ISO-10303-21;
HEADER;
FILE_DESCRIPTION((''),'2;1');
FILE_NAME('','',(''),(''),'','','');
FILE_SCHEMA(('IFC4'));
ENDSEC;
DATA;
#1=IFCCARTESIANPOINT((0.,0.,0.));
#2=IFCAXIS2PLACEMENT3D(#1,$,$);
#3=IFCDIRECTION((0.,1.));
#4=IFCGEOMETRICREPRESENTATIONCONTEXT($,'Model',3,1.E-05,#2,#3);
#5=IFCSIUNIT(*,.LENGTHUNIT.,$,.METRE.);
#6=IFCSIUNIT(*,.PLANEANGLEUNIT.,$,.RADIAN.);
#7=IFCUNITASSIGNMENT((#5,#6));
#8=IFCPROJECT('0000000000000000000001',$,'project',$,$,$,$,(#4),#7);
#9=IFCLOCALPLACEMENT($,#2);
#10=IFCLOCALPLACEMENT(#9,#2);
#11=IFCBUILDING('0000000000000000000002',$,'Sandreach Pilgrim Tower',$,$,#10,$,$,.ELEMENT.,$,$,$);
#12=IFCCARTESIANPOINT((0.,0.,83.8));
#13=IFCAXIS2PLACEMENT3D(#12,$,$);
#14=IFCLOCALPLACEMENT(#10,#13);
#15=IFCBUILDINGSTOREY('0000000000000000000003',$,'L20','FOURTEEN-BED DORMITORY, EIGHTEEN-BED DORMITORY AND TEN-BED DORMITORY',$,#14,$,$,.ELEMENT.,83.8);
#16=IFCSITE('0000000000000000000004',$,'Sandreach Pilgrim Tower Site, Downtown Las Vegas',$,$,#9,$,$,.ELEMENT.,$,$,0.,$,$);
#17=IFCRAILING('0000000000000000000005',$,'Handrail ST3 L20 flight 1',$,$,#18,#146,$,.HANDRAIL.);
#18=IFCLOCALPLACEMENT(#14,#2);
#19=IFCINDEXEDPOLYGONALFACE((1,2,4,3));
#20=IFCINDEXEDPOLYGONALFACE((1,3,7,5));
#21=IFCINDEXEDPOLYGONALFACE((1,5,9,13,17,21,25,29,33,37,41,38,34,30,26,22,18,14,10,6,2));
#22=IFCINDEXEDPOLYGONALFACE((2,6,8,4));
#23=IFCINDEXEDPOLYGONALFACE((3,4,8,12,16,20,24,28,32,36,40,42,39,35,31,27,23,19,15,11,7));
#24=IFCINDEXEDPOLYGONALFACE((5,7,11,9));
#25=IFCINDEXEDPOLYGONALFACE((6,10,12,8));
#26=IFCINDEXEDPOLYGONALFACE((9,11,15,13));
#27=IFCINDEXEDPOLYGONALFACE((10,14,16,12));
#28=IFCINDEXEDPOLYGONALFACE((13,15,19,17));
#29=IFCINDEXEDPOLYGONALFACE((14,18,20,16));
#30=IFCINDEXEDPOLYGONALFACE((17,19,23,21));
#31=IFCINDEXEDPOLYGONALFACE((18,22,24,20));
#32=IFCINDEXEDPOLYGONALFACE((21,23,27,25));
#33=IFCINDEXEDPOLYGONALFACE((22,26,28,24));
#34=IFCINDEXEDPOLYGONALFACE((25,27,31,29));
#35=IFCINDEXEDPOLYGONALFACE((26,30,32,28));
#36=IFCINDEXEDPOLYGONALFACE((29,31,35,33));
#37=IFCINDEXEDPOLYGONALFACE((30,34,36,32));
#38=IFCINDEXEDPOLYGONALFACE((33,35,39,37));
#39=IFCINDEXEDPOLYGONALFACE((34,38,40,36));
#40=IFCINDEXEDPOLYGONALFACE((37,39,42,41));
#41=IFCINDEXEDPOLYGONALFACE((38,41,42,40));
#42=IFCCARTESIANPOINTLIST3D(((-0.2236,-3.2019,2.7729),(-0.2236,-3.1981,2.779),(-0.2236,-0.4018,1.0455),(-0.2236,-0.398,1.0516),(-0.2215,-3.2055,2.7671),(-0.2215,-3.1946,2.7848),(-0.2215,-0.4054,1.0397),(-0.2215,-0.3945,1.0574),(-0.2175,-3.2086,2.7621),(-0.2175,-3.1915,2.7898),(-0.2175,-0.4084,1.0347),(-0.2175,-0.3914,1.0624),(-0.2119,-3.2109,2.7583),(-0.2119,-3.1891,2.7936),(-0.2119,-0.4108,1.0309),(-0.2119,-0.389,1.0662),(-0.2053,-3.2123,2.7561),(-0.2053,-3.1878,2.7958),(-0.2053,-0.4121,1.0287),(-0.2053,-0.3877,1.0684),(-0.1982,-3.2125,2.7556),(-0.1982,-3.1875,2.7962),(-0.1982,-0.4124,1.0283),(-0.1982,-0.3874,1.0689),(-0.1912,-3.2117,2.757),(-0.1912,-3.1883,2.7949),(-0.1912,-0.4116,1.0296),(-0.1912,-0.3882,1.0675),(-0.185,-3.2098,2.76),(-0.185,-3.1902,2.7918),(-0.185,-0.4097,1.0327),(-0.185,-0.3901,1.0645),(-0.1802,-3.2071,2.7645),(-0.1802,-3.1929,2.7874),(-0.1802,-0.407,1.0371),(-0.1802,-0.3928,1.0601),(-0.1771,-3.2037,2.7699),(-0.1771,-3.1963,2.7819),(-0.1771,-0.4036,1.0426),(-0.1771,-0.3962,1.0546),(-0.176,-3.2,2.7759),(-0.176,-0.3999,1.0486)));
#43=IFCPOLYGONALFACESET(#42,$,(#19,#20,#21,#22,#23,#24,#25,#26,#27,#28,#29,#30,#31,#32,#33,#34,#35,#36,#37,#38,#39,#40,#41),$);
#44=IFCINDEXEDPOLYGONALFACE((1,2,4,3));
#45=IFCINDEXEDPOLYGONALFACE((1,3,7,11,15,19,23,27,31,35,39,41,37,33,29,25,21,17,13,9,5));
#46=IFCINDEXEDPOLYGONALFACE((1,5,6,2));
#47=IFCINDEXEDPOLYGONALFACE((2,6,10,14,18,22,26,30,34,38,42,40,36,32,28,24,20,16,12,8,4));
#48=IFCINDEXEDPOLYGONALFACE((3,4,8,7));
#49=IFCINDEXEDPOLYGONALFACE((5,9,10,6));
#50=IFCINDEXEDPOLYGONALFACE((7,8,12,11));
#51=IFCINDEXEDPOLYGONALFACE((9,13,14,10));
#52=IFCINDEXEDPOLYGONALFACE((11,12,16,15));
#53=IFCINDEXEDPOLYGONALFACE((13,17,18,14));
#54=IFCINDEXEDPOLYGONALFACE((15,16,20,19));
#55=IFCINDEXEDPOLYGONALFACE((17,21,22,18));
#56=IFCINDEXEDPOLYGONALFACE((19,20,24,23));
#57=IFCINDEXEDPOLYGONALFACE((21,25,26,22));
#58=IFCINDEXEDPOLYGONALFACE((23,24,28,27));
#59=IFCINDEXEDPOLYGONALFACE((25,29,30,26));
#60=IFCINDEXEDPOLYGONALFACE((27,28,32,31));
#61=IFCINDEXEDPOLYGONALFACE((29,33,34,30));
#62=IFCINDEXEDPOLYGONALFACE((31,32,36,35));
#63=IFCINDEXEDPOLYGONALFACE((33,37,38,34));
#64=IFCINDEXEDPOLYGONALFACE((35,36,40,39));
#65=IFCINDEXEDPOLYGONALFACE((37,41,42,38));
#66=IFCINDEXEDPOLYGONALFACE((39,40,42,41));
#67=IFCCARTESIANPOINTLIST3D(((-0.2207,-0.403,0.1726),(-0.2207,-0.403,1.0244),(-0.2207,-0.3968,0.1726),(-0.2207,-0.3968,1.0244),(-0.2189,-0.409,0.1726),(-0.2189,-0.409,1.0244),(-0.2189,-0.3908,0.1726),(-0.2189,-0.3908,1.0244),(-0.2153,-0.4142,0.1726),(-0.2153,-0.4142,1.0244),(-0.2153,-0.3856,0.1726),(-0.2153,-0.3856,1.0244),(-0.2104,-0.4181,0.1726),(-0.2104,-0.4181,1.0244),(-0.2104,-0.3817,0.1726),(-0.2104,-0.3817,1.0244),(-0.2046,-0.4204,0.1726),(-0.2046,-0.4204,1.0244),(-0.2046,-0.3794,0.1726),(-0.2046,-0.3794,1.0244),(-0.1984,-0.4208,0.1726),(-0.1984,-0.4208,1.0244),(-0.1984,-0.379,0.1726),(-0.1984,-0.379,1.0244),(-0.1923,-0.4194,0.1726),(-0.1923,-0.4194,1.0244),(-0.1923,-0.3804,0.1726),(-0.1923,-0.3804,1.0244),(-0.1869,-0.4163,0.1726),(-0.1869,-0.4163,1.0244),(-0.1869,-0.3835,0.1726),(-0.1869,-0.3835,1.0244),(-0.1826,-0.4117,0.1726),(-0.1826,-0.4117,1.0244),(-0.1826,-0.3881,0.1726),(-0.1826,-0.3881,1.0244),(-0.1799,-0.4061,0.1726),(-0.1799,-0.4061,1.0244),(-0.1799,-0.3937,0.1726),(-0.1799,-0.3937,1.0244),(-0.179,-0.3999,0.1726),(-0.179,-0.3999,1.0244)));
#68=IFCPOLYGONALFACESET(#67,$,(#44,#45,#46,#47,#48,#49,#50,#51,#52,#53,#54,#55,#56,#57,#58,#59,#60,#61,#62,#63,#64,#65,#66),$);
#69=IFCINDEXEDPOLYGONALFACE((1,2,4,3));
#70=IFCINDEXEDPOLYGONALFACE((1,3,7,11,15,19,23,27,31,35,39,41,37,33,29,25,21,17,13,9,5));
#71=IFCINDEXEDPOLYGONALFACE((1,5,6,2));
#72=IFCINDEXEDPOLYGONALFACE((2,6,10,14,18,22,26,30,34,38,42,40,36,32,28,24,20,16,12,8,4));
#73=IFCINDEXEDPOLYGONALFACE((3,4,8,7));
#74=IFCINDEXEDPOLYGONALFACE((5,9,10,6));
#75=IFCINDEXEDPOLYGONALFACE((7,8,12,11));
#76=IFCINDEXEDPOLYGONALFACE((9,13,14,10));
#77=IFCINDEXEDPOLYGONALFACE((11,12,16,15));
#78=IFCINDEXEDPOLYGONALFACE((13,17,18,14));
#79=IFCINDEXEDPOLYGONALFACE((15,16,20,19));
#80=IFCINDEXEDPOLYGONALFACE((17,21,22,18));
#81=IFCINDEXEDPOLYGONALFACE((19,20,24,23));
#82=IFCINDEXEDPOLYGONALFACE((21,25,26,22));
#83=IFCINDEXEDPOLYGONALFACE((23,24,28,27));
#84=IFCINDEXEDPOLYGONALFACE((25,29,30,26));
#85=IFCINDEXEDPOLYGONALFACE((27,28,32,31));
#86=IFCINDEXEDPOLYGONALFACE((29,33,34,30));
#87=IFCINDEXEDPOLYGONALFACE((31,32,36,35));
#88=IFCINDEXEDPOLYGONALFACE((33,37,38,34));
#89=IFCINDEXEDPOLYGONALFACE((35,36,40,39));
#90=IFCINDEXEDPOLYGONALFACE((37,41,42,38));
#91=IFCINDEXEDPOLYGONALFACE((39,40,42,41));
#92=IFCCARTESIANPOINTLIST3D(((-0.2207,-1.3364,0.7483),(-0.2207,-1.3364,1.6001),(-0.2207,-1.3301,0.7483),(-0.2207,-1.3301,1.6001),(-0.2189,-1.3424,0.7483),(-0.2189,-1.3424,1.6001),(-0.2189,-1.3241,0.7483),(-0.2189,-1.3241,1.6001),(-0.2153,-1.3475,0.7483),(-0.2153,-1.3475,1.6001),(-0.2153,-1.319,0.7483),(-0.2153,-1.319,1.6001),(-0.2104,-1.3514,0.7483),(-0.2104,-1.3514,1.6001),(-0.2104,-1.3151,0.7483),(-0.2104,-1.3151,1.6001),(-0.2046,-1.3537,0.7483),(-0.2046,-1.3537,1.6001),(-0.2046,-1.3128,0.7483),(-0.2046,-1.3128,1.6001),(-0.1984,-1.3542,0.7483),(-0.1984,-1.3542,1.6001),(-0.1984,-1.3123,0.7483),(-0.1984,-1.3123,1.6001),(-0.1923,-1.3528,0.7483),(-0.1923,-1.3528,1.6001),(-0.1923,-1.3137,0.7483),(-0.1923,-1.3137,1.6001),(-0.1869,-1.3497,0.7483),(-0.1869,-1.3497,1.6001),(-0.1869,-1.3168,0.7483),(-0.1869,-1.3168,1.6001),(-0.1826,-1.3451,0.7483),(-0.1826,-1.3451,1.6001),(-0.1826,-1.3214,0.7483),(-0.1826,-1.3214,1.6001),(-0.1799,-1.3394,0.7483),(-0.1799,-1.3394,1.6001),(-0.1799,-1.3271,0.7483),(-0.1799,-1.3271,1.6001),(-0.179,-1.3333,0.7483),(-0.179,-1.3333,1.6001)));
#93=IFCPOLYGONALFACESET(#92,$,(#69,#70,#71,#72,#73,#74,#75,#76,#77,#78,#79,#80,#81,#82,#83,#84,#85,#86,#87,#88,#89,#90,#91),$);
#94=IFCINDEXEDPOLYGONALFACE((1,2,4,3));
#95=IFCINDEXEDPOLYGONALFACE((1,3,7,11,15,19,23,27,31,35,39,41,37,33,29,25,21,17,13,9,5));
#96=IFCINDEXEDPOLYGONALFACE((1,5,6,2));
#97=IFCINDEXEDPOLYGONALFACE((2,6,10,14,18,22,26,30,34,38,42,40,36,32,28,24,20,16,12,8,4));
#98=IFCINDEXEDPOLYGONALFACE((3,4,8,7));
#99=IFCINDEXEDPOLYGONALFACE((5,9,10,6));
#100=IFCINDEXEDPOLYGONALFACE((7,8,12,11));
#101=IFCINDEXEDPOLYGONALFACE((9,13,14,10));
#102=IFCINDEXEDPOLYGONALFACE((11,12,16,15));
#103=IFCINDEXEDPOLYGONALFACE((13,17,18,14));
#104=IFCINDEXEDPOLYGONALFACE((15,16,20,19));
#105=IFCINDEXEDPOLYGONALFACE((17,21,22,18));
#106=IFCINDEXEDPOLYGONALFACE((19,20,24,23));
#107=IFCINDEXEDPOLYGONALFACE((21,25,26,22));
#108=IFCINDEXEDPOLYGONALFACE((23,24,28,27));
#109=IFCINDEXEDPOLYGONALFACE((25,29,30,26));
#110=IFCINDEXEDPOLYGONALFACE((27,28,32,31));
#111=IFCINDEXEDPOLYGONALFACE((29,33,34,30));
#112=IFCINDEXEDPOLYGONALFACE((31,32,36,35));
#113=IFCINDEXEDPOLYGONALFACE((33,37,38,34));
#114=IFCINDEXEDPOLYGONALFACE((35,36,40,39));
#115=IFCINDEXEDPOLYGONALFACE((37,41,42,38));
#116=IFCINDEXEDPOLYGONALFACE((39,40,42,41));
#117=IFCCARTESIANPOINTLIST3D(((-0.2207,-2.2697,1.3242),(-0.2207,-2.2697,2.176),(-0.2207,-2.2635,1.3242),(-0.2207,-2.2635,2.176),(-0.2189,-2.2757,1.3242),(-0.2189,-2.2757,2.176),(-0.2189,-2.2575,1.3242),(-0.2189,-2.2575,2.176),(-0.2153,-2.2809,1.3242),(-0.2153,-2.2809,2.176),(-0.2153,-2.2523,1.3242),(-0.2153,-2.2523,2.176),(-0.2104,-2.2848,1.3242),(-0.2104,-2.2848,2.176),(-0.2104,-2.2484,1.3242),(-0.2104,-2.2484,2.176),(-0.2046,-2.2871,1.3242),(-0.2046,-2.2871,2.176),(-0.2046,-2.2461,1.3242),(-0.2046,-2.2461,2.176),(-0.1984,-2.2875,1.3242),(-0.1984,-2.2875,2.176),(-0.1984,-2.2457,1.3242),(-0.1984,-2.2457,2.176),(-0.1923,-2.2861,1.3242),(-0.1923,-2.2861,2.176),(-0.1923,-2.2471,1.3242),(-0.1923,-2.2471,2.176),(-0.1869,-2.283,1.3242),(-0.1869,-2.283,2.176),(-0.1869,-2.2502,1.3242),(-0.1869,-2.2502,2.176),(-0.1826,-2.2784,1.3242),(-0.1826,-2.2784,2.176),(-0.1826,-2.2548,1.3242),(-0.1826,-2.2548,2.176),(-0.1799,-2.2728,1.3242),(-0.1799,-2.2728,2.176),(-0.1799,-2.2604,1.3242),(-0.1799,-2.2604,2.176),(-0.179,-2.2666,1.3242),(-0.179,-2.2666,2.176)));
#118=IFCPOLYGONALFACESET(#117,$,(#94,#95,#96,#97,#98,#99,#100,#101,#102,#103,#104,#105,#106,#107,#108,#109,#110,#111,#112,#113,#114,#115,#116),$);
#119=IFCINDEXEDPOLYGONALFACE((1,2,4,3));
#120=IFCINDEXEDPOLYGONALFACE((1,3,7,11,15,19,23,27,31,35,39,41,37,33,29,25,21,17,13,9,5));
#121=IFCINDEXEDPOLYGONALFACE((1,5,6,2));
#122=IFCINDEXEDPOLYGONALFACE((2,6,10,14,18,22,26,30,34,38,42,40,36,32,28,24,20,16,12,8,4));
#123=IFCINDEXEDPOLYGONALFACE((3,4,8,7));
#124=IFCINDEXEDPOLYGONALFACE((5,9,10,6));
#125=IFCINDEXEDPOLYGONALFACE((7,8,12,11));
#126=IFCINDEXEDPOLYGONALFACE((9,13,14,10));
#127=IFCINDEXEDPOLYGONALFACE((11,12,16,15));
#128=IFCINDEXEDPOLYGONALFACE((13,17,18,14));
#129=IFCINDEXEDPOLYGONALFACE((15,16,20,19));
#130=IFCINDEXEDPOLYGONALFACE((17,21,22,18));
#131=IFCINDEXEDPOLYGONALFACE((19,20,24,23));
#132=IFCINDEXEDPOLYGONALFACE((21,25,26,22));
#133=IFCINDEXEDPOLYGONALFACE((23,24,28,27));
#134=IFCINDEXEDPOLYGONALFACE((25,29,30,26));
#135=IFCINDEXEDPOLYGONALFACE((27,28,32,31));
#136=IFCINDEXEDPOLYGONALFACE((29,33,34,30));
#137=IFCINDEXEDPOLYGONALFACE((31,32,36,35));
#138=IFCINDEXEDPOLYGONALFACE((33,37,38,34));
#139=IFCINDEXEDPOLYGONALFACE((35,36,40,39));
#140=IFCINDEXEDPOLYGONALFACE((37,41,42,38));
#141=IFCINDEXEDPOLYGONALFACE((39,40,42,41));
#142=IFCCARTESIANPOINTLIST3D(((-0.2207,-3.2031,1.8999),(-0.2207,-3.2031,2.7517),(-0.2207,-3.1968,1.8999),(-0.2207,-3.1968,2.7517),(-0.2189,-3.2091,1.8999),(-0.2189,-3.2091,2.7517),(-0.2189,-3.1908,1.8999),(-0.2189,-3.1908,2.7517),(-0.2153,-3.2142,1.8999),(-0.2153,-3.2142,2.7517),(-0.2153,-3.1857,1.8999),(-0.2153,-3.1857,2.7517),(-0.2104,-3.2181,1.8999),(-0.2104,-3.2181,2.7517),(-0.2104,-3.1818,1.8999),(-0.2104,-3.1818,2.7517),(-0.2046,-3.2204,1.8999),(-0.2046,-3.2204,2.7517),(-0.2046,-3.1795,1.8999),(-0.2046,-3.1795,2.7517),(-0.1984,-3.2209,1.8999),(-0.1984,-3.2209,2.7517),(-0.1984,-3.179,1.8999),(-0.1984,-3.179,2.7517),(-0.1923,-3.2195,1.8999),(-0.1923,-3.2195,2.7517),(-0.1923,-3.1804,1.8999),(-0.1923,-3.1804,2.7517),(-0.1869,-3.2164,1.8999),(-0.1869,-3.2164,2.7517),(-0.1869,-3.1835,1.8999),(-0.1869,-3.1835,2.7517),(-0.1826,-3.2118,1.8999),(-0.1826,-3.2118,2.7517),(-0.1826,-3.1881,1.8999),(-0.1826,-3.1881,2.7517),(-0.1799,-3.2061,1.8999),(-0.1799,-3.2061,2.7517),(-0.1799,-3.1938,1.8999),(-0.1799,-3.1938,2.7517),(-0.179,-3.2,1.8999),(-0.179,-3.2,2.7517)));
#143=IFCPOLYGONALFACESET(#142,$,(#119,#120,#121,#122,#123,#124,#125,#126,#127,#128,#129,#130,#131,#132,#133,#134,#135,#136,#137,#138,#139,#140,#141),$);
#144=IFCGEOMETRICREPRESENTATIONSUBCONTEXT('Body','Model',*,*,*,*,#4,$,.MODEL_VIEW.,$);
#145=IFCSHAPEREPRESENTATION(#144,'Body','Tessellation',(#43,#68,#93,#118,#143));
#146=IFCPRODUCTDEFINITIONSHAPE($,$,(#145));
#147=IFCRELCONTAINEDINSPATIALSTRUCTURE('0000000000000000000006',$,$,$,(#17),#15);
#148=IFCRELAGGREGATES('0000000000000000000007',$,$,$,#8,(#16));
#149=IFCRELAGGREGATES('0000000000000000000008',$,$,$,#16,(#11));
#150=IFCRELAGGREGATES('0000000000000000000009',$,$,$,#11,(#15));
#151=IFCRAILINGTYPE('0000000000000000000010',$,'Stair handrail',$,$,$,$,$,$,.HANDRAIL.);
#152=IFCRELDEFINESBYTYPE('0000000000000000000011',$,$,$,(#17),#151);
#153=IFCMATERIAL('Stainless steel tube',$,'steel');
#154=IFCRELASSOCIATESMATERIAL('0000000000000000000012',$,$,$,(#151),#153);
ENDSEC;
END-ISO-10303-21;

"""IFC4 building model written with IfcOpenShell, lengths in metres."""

from ifc_helpers import new_model, si_unit, direction, frame, origin, origin_2d, place, context, subcontext, project, spatial, circle, extrude, material, type_object, element, save


model = new_model("IFC4")

# Units and contexts
model_context = context("Model", 3, precision=1e-05, world=origin(), true_north=direction((0.0, 1.0)))
body_context = subcontext(model_context, "Body", "Model", "MODEL_VIEW")
ifc_project = project(units=[si_unit("LENGTHUNIT", "METRE"), si_unit("PLANEANGLEUNIT", "RADIAN")], contexts=[model_context])

# Site, building, storey
site_placement = place(None, origin())
site = spatial("IfcSite", under=ifc_project, at=site_placement, Name="Sandreach Pilgrim Tower Site, Downtown Las Vegas", CompositionType="ELEMENT", RefElevation=0.0)
building_placement = place(site_placement, origin())
building = spatial("IfcBuilding", under=site, at=building_placement, Name="Sandreach Pilgrim Tower", CompositionType="ELEMENT")
storey_placement = place(building_placement, frame((0.0, 0.0, 83.8)))
storey = spatial("IfcBuildingStorey", under=building, at=storey_placement, Name="L20", Description="FOURTEEN-BED DORMITORY, EIGHTEEN-BED DORMITORY AND TEN-BED DORMITORY", CompositionType="ELEMENT", Elevation=83.8)

# Railing
ifc_material_1 = material(Name="Stainless steel tube", Category="steel")
railing_type = type_object("IfcRailingType", Name="Stair handrail", PredefinedType="HANDRAIL", material=ifc_material_1)
for number, where, name in (
    (1, (-0.2, -0.3999, 0.1726), "Handrail ST3 L20 flight 1"),
):
    element("IfcRailing", number, at=place(storey_placement, frame(where)), inside=storey, type_object=railing_type, Name=name, PredefinedType="HANDRAIL", context=body_context, shape_type="SweptSolid", body=[
        extrude(circle(Radius=0.0239, at=origin_2d()), frame((0.0, 0.0, 0.876), z_axis=(0.0, -0.85109, 0.52502), x_axis=(1.0, 0.0, 0.0)), (0.0, 0.0, 1.0), 3.29),
        extrude(circle(Radius=0.021, at=origin_2d()), origin(), (0.0, 0.0, 1.0), 0.8518),
        extrude(circle(Radius=0.021, at=origin_2d()), frame((0.0, -0.9333, 0.5757)), (0.0, 0.0, 1.0), 0.8518),
        extrude(circle(Radius=0.021, at=origin_2d()), frame((0.0, -1.8667, 1.1516)), (0.0, 0.0, 1.0), 0.8518),
        extrude(circle(Radius=0.021, at=origin_2d()), frame((0.0, -2.8, 1.7273)), (0.0, 0.0, 1.0), 0.8518),
    ])

save(model, "model.ifc")
